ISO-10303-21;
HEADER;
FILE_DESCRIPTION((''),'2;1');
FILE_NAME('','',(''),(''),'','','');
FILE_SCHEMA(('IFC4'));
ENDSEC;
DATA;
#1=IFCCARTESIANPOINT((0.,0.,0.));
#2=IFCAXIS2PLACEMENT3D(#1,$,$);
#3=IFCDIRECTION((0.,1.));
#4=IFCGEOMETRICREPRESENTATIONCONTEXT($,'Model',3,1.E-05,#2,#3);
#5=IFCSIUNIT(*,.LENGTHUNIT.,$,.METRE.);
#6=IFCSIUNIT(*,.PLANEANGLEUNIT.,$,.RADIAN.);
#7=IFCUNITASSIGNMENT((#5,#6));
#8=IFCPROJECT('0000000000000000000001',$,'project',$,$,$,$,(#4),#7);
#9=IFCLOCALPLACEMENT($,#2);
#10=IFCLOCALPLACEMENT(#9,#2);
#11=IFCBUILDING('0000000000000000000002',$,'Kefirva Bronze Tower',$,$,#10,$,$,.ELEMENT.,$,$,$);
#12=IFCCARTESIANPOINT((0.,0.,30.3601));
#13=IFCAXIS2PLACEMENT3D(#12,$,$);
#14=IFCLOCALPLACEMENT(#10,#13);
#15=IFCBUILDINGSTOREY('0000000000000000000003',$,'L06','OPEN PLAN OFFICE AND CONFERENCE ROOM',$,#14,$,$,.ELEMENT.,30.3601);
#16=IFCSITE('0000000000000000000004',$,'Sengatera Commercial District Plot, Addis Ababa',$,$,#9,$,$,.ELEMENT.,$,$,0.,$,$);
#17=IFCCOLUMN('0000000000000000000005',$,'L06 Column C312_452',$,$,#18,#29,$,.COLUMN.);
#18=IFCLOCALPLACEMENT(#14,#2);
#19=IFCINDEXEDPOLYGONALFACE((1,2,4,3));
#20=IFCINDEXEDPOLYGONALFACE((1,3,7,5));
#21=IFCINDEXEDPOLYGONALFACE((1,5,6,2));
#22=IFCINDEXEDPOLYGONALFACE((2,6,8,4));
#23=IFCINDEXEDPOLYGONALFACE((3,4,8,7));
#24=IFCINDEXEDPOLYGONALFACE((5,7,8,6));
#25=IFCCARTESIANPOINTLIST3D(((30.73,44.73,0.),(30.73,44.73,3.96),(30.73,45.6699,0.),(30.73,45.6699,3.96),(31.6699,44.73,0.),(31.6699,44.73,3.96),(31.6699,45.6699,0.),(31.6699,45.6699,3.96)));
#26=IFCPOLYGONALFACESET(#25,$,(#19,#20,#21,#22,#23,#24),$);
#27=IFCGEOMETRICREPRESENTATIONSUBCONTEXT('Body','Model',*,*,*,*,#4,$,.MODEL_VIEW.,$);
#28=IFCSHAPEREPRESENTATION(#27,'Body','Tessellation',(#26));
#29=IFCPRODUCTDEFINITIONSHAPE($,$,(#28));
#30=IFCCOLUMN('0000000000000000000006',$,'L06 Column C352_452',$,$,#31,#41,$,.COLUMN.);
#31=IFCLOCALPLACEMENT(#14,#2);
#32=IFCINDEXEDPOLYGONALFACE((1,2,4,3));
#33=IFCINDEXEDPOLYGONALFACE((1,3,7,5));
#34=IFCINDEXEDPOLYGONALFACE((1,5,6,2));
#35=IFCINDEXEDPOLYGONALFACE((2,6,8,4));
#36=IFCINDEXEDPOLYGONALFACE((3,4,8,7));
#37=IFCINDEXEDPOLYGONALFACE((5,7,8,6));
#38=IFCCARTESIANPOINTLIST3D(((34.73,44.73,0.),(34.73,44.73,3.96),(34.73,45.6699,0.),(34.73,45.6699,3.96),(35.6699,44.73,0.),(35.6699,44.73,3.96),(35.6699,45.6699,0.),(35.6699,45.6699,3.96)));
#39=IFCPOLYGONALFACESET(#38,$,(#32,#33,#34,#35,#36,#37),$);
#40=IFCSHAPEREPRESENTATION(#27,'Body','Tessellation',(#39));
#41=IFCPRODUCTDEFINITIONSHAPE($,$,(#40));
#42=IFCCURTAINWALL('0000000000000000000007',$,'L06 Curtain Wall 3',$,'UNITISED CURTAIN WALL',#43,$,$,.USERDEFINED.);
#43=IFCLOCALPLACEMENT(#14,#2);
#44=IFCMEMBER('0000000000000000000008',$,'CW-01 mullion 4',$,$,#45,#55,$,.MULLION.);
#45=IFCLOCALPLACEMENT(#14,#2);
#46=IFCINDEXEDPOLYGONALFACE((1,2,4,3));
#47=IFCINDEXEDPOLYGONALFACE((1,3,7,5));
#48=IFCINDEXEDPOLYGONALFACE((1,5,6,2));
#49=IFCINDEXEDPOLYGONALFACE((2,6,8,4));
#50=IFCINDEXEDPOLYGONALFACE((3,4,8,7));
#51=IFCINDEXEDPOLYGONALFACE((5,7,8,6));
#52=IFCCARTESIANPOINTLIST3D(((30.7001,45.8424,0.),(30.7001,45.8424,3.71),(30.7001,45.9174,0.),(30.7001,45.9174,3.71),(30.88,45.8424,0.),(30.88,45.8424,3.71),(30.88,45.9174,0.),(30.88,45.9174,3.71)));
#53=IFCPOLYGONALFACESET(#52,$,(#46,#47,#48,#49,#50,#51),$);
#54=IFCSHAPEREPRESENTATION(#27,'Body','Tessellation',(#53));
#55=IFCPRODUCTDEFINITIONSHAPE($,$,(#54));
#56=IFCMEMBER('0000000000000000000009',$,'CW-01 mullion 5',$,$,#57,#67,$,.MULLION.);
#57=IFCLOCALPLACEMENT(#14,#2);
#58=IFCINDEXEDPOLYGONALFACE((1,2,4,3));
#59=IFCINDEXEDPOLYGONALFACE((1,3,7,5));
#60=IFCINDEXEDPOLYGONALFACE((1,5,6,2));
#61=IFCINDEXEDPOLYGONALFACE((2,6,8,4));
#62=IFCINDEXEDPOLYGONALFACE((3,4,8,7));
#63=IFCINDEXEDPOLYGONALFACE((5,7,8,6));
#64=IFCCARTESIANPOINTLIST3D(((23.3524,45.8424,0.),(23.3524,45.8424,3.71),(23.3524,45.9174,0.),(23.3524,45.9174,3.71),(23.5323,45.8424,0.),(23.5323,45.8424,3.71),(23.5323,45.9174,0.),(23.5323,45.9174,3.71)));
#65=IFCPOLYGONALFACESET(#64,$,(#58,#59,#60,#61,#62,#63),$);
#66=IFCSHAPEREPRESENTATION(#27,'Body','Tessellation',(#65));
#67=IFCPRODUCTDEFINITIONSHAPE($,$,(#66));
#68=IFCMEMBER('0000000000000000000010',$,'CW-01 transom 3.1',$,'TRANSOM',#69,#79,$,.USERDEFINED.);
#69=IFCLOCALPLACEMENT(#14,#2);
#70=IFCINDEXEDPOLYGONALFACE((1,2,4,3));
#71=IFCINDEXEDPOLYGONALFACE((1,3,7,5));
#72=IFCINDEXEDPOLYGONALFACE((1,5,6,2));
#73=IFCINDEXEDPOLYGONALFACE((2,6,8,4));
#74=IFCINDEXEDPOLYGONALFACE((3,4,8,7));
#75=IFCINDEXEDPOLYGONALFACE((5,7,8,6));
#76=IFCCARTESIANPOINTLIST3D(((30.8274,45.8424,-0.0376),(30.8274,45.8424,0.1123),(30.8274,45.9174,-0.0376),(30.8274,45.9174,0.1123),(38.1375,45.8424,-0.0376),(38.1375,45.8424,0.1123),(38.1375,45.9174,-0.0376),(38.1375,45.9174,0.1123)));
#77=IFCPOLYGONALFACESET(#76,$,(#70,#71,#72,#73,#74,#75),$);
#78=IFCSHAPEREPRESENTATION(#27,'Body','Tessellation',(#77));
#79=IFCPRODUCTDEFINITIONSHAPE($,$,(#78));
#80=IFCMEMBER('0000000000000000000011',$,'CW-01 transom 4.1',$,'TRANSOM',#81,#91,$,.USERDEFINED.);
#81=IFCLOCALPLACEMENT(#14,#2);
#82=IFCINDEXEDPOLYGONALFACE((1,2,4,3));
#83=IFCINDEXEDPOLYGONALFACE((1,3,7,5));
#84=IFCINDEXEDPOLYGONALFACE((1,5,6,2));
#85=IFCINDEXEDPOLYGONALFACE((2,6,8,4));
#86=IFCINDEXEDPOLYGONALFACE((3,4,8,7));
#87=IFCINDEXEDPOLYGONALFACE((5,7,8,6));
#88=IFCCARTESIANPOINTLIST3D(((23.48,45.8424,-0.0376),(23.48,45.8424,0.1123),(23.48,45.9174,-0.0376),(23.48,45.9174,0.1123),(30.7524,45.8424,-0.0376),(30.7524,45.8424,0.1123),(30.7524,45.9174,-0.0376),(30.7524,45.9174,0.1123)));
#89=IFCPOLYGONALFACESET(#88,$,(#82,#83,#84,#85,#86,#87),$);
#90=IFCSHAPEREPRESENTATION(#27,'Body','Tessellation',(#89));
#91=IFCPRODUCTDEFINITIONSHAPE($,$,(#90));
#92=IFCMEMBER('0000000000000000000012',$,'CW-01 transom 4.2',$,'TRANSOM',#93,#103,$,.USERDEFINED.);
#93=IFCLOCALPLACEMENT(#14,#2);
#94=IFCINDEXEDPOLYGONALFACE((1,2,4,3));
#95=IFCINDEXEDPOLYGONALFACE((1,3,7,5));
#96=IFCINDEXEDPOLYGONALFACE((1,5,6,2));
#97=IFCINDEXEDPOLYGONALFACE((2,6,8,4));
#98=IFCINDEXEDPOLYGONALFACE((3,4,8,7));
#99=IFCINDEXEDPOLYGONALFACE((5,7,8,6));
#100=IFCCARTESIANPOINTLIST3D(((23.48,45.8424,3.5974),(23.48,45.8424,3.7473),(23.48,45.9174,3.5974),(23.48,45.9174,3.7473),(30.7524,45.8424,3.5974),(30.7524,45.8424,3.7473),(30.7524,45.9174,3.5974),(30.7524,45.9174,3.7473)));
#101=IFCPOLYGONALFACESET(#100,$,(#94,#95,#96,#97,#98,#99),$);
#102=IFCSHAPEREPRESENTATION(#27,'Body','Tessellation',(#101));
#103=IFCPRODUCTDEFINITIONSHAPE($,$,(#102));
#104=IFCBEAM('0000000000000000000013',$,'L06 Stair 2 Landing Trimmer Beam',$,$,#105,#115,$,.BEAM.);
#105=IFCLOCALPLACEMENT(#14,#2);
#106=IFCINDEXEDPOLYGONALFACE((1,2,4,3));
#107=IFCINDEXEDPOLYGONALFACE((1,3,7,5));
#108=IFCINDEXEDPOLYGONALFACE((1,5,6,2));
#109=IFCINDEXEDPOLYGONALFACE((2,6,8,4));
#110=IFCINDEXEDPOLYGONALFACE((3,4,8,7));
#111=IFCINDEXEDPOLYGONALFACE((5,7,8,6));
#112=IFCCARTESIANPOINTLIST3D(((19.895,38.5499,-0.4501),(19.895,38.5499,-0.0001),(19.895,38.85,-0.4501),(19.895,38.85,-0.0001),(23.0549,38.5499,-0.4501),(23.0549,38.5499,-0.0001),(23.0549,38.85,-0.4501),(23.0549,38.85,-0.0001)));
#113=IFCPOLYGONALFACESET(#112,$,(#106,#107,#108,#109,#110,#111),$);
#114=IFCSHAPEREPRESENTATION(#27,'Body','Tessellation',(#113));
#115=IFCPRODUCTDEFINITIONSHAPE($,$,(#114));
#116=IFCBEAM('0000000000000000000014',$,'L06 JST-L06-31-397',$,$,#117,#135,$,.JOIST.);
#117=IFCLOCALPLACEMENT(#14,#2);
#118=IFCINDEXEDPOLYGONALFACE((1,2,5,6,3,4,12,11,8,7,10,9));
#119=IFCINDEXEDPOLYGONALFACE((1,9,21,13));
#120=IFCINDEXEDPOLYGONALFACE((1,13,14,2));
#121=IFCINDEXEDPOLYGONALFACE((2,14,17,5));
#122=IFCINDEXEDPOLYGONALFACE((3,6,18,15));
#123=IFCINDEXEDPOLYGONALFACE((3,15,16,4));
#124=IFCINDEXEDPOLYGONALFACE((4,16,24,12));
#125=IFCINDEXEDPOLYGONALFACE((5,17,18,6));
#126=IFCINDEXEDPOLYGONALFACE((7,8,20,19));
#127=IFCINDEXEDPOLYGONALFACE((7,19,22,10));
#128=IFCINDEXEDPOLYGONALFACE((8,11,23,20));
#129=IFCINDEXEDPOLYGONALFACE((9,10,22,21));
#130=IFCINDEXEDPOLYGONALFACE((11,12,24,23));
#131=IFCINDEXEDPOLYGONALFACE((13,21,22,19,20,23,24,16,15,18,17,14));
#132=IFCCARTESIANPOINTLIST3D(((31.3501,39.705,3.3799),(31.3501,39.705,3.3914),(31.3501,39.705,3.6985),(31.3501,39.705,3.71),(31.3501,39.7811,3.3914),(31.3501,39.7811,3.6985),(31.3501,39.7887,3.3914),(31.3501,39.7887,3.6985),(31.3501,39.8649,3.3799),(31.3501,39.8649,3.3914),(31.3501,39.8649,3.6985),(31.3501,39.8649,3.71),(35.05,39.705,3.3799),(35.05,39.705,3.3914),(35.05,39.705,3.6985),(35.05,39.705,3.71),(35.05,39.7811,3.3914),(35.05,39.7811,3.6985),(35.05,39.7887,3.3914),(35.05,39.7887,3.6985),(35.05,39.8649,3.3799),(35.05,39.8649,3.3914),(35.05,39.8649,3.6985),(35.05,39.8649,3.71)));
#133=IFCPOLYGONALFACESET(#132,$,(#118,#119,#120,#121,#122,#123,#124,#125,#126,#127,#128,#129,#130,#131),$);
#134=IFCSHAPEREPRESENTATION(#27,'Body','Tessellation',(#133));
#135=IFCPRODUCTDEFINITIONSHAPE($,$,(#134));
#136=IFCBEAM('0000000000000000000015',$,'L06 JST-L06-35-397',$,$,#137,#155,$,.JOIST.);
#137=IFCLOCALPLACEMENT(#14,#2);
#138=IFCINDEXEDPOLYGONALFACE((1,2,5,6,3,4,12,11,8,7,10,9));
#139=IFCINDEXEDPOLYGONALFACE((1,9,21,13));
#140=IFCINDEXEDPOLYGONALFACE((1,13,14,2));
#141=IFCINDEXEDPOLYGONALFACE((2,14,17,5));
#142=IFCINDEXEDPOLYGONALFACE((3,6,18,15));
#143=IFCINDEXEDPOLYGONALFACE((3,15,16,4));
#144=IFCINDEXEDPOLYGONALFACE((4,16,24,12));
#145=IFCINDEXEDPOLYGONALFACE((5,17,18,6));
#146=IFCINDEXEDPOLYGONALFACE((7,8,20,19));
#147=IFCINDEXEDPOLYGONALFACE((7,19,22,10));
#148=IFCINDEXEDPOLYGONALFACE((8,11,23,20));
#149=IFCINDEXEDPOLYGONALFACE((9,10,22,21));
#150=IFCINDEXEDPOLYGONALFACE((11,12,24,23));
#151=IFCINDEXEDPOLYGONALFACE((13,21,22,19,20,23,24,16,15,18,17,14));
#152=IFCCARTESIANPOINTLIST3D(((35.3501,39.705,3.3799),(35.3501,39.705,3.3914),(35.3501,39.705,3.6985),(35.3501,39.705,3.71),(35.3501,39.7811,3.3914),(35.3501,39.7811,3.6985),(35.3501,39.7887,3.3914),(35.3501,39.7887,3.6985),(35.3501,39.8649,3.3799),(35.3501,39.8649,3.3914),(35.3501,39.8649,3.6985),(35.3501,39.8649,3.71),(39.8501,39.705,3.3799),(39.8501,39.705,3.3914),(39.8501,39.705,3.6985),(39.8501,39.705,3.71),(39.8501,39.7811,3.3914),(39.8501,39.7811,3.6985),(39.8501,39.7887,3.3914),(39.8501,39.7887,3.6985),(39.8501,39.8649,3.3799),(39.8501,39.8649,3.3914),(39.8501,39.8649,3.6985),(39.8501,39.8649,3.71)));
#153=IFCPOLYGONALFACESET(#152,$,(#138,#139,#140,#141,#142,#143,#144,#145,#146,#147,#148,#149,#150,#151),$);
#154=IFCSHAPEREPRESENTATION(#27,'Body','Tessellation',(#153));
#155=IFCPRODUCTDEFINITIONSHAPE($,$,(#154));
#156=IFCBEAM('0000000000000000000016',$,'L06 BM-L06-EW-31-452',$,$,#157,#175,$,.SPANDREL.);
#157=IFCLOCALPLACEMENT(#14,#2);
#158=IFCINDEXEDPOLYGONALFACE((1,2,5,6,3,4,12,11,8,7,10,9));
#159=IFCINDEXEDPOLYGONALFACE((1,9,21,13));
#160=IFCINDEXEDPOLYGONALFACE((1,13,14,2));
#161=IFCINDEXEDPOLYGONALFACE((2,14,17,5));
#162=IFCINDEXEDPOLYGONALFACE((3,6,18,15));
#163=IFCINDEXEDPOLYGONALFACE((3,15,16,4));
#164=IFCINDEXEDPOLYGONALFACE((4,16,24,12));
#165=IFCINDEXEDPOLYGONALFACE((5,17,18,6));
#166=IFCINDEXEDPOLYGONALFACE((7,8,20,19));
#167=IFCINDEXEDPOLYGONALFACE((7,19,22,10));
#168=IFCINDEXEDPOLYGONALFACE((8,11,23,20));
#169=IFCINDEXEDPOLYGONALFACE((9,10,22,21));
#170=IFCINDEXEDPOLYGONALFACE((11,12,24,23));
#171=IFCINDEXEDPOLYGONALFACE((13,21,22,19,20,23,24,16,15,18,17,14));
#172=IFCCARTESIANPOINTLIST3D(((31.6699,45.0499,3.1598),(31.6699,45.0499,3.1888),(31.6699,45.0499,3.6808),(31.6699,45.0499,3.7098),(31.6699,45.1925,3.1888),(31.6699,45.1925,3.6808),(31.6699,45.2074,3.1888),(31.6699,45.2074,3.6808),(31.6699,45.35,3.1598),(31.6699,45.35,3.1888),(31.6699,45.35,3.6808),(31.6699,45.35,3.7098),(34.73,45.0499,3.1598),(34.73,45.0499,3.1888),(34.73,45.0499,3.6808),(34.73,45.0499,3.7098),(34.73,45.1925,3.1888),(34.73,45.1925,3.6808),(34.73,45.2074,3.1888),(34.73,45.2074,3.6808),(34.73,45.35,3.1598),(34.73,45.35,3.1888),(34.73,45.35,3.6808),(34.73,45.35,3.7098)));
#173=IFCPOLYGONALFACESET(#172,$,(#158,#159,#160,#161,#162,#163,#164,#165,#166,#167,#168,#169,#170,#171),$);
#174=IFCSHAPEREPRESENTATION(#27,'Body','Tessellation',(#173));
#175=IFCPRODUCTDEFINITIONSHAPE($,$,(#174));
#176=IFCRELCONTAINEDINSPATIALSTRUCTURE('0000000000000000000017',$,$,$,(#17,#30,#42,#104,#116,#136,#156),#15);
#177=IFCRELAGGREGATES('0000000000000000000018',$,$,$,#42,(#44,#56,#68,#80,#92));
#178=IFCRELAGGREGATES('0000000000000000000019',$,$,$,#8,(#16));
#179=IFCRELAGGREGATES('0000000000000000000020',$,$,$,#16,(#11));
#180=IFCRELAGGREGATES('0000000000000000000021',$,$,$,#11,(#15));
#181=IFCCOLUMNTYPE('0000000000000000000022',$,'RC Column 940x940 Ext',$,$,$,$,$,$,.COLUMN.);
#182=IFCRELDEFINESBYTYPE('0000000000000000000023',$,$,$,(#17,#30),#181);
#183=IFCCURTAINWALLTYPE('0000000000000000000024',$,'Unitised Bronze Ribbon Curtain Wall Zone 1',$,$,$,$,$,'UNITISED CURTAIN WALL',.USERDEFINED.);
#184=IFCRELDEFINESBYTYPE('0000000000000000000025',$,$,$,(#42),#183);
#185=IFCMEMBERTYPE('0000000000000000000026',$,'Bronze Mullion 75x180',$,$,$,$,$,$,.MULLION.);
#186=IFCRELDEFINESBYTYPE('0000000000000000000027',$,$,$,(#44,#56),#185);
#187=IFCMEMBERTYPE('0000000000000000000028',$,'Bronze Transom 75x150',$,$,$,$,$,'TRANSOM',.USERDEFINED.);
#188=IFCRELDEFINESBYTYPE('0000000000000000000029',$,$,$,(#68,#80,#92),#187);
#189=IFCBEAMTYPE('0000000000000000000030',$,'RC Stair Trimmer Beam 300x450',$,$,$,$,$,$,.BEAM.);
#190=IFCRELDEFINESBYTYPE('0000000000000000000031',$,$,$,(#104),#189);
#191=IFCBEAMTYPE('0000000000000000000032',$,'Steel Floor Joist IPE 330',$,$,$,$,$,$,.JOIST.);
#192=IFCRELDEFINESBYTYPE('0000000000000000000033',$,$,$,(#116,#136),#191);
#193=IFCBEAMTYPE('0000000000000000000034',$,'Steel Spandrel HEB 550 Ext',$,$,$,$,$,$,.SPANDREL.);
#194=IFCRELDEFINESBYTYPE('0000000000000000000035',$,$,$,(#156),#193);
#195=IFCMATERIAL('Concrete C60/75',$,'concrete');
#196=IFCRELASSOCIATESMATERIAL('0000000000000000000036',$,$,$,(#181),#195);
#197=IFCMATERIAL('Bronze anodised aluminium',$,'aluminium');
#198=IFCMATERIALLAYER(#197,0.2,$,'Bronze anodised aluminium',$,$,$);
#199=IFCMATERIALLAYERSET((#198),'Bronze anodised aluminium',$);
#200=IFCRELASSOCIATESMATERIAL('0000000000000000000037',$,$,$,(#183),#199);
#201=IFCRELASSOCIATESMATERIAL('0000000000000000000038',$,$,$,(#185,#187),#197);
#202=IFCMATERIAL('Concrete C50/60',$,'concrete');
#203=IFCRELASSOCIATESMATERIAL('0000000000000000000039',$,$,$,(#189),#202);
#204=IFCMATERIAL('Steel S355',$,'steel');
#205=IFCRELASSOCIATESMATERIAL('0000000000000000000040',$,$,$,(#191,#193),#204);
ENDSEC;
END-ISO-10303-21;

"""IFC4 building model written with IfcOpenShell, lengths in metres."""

from ifc_helpers import new_model, si_unit, direction, frame, origin, origin_2d, place, context, subcontext, project, spatial, rectangle, i_section, extrude, material, layer, layer_set, material_profile, profile_set, type_object, element, aggregate, save


model = new_model("IFC4")

# Units and contexts
model_context = context("Model", 3, precision=1e-05, world=origin(), true_north=direction((0.0, 1.0)))
body_context = subcontext(model_context, "Body", "Model", "MODEL_VIEW")
ifc_project = project(units=[si_unit("LENGTHUNIT", "METRE"), si_unit("PLANEANGLEUNIT", "RADIAN")], contexts=[model_context])

# Site, building, storey
site_placement = place(None, origin())
site = spatial("IfcSite", under=ifc_project, at=site_placement, Name="Sengatera Commercial District Plot, Addis Ababa", CompositionType="ELEMENT", RefElevation=0.0)
building_placement = place(site_placement, origin())
building = spatial("IfcBuilding", under=site, at=building_placement, Name="Kefirva Bronze Tower", CompositionType="ELEMENT")
storey_placement = place(building_placement, frame((0.0, 0.0, 30.3601)))
storey = spatial("IfcBuildingStorey", under=building, at=storey_placement, Name="L06", Description="OPEN PLAN OFFICE AND CONFERENCE ROOM", CompositionType="ELEMENT", Elevation=30.3601)

# Columns
ifc_material_1 = material(Name="Concrete C60/75", Category="concrete")
ifc_material_profile_1 = material_profile(ifc_material_1, rectangle(XDim=0.9399, YDim=0.9399, at=origin_2d()), Name="RC 940x940")
ifc_profile_set_1 = profile_set([ifc_material_profile_1], Name="Concrete C60/75")
column_type = type_object("IfcColumnType", Name="RC Column 940x940 Ext", PredefinedType="COLUMN", material=ifc_profile_set_1)
for number, where, z_axis, x_axis, name in (
    (1, (31.2, 45.2, 0.0), (0.0, 0.0, 1.0), (1.0, 0.0, 0.0), "L06 Column C312_452"),
    (2, (35.2, 45.2, 0.0), (0.0, 0.0, 1.0), (1.0, 0.0, 0.0), "L06 Column C352_452"),
):
    element("IfcColumn", number, at=place(storey_placement, frame(where, z_axis=z_axis, x_axis=x_axis)), inside=storey, type_object=column_type, Name=name, PredefinedType="COLUMN", context=body_context, shape_type="SweptSolid", body=[
        extrude(rectangle(XDim=0.9399, YDim=0.9399, at=origin_2d()), origin(), (0.0, 0.0, 1.0), 3.96),
    ])

# Curtain wall, members
ifc_material_2 = material(Name="Bronze anodised aluminium", Category="aluminium")
ifc_layer_1 = layer(ifc_material_2, 0.2, Name="Bronze anodised aluminium")
ifc_layer_set_1 = layer_set([ifc_layer_1], Name="Bronze anodised aluminium")
curtain_wall_type = type_object("IfcCurtainWallType", Name="Unitised Bronze Ribbon Curtain Wall Zone 1", ElementType="UNITISED CURTAIN WALL", PredefinedType="USERDEFINED", material=ifc_layer_set_1)
curtain_wall_placement = place(storey_placement, origin())
curtain_wall = element("IfcCurtainWall", 3, at=curtain_wall_placement, inside=storey, type_object=curtain_wall_type, Name="L06 Curtain Wall 3", ObjectType="UNITISED CURTAIN WALL", PredefinedType="USERDEFINED")
ifc_material_profile_2 = material_profile(ifc_material_2, rectangle(XDim=0.075, YDim=0.1799, at=origin_2d()), Name="ALU 75x180")
ifc_profile_set_2 = profile_set([ifc_material_profile_2], Name="Bronze anodised aluminium")
member_type_1 = type_object("IfcMemberType", Name="Bronze Mullion 75x180", PredefinedType="MULLION", material=ifc_profile_set_2)
member_1_placement = place(storey_placement, frame((30.79, 45.8799, 0.0), z_axis=(0.0, 0.0, 1.0), x_axis=(0.0, -1.0, 0.0)))
member_1 = element("IfcMember", 4, at=member_1_placement, type_object=member_type_1, Name="CW-01 mullion 4", PredefinedType="MULLION", context=body_context, shape_type="SweptSolid", body=[
    extrude(rectangle(XDim=0.075, YDim=0.1799, at=origin_2d()), origin(), (0.0, 0.0, 1.0), 3.71),
])
member_2_placement = place(storey_placement, frame((23.4424, 45.8799, 0.0), z_axis=(0.0, 0.0, 1.0), x_axis=(0.0, -1.0, 0.0)))
member_2 = element("IfcMember", 5, at=member_2_placement, type_object=member_type_1, Name="CW-01 mullion 5", PredefinedType="MULLION", context=body_context, shape_type="SweptSolid", body=[
    extrude(rectangle(XDim=0.075, YDim=0.1799, at=origin_2d()), origin(), (0.0, 0.0, 1.0), 3.71),
])
ifc_material_profile_3 = material_profile(ifc_material_2, rectangle(XDim=0.075, YDim=0.1499, at=origin_2d()), Name="ALU 75x150")
ifc_profile_set_3 = profile_set([ifc_material_profile_3], Name="Bronze anodised aluminium")
member_type_2 = type_object("IfcMemberType", Name="Bronze Transom 75x150", ElementType="TRANSOM", PredefinedType="USERDEFINED", material=ifc_profile_set_3)
member_3_placement = place(storey_placement, frame((38.1375, 45.8799, 0.0374), z_axis=(-1.0, 0.0, 0.0), x_axis=(0.0, -1.0, 0.0)))
member_3 = element("IfcMember", 6, at=member_3_placement, type_object=member_type_2, Name="CW-01 transom 3.1", ObjectType="TRANSOM", PredefinedType="USERDEFINED", context=body_context, shape_type="SweptSolid", body=[
    extrude(rectangle(XDim=0.075, YDim=0.1499, at=origin_2d()), origin(), (0.0, 0.0, 1.0), 7.3101),
])
member_4_placement = place(storey_placement, frame((30.7524, 45.8799, 0.0374), z_axis=(-1.0, 0.0, 0.0), x_axis=(0.0, -1.0, 0.0)))
member_4 = element("IfcMember", 7, at=member_4_placement, type_object=member_type_2, Name="CW-01 transom 4.1", ObjectType="TRANSOM", PredefinedType="USERDEFINED", context=body_context, shape_type="SweptSolid", body=[
    extrude(rectangle(XDim=0.075, YDim=0.1499, at=origin_2d()), origin(), (0.0, 0.0, 1.0), 7.2725),
])
member_5_placement = place(storey_placement, frame((30.7524, 45.8799, 3.6724), z_axis=(-1.0, 0.0, 0.0), x_axis=(0.0, -1.0, 0.0)))
member_5 = element("IfcMember", 8, at=member_5_placement, type_object=member_type_2, Name="CW-01 transom 4.2", ObjectType="TRANSOM", PredefinedType="USERDEFINED", context=body_context, shape_type="SweptSolid", body=[
    extrude(rectangle(XDim=0.075, YDim=0.1499, at=origin_2d()), origin(), (0.0, 0.0, 1.0), 7.2725),
])

# Beams
ifc_material_3 = material(Name="Concrete C50/60", Category="concrete")
ifc_material_profile_4 = material_profile(ifc_material_3, rectangle(XDim=0.3, YDim=0.45, at=origin_2d()), Name="RC 300x450")
ifc_profile_set_4 = profile_set([ifc_material_profile_4], Name="Concrete C50/60")
beam_type_1 = type_object("IfcBeamType", Name="RC Stair Trimmer Beam 300x450", PredefinedType="BEAM", material=ifc_profile_set_4)
beam_1_placement = place(storey_placement, frame((19.895, 38.7, -0.2251), z_axis=(1.0, 0.0, 0.0), x_axis=(0.0, 1.0, 0.0)))
element("IfcBeam", 9, at=beam_1_placement, inside=storey, type_object=beam_type_1, Name="L06 Stair 2 Landing Trimmer Beam", PredefinedType="BEAM", context=body_context, shape_type="SweptSolid", body=[
    extrude(rectangle(XDim=0.3, YDim=0.45, at=origin_2d()), origin(), (0.0, 0.0, 1.0), 3.1599),
])
ifc_material_4 = material(Name="Steel S355", Category="steel")
ifc_material_profile_5 = material_profile(ifc_material_4, i_section(OverallWidth=0.1599, OverallDepth=0.3301, WebThickness=0.0076, FlangeThickness=0.0115, at=origin_2d()), Name="IPE 330")
ifc_profile_set_5 = profile_set([ifc_material_profile_5], Name="Steel S355")
beam_type_2 = type_object("IfcBeamType", Name="Steel Floor Joist IPE 330", PredefinedType="JOIST", material=ifc_profile_set_5)
beam_2_placement = place(storey_placement, frame((31.3501, 39.7849, 3.5449), z_axis=(1.0, 0.0, 0.0), x_axis=(0.0, 1.0, 0.0)))
element("IfcBeam", 10, at=beam_2_placement, inside=storey, type_object=beam_type_2, Name="L06 JST-L06-31-397", PredefinedType="JOIST", context=body_context, shape_type="SweptSolid", body=[
    extrude(i_section(OverallWidth=0.1599, OverallDepth=0.3301, WebThickness=0.0076, FlangeThickness=0.0115, at=origin_2d()), origin(), (0.0, 0.0, 1.0), 3.7),
])
beam_3_placement = place(storey_placement, frame((35.3501, 39.7849, 3.5449), z_axis=(1.0, 0.0, 0.0), x_axis=(0.0, 1.0, 0.0)))
element("IfcBeam", 11, at=beam_3_placement, inside=storey, type_object=beam_type_2, Name="L06 JST-L06-35-397", PredefinedType="JOIST", context=body_context, shape_type="SweptSolid", body=[
    extrude(i_section(OverallWidth=0.1599, OverallDepth=0.3301, WebThickness=0.0076, FlangeThickness=0.0115, at=origin_2d()), origin(), (0.0, 0.0, 1.0), 4.5),
])
ifc_material_profile_6 = material_profile(ifc_material_4, i_section(OverallWidth=0.3, OverallDepth=0.55, WebThickness=0.0149, FlangeThickness=0.0291, at=origin_2d()), Name="HEB 550")
ifc_profile_set_6 = profile_set([ifc_material_profile_6], Name="Steel S355")
beam_type_3 = type_object("IfcBeamType", Name="Steel Spandrel HEB 550 Ext", PredefinedType="SPANDREL", material=ifc_profile_set_6)
beam_4_placement = place(storey_placement, frame((31.6699, 45.2, 3.4348), z_axis=(1.0, 0.0, 0.0), x_axis=(0.0, 1.0, 0.0)))
element("IfcBeam", 12, at=beam_4_placement, inside=storey, type_object=beam_type_3, Name="L06 BM-L06-EW-31-452", PredefinedType="SPANDREL", context=body_context, shape_type="SweptSolid", body=[
    extrude(i_section(OverallWidth=0.3, OverallDepth=0.55, WebThickness=0.0149, FlangeThickness=0.0291, at=origin_2d()), origin(), (0.0, 0.0, 1.0), 3.0601),
])

aggregate(curtain_wall, [member_1, member_2, member_3, member_4, member_5])

save(model, "model.ifc")
